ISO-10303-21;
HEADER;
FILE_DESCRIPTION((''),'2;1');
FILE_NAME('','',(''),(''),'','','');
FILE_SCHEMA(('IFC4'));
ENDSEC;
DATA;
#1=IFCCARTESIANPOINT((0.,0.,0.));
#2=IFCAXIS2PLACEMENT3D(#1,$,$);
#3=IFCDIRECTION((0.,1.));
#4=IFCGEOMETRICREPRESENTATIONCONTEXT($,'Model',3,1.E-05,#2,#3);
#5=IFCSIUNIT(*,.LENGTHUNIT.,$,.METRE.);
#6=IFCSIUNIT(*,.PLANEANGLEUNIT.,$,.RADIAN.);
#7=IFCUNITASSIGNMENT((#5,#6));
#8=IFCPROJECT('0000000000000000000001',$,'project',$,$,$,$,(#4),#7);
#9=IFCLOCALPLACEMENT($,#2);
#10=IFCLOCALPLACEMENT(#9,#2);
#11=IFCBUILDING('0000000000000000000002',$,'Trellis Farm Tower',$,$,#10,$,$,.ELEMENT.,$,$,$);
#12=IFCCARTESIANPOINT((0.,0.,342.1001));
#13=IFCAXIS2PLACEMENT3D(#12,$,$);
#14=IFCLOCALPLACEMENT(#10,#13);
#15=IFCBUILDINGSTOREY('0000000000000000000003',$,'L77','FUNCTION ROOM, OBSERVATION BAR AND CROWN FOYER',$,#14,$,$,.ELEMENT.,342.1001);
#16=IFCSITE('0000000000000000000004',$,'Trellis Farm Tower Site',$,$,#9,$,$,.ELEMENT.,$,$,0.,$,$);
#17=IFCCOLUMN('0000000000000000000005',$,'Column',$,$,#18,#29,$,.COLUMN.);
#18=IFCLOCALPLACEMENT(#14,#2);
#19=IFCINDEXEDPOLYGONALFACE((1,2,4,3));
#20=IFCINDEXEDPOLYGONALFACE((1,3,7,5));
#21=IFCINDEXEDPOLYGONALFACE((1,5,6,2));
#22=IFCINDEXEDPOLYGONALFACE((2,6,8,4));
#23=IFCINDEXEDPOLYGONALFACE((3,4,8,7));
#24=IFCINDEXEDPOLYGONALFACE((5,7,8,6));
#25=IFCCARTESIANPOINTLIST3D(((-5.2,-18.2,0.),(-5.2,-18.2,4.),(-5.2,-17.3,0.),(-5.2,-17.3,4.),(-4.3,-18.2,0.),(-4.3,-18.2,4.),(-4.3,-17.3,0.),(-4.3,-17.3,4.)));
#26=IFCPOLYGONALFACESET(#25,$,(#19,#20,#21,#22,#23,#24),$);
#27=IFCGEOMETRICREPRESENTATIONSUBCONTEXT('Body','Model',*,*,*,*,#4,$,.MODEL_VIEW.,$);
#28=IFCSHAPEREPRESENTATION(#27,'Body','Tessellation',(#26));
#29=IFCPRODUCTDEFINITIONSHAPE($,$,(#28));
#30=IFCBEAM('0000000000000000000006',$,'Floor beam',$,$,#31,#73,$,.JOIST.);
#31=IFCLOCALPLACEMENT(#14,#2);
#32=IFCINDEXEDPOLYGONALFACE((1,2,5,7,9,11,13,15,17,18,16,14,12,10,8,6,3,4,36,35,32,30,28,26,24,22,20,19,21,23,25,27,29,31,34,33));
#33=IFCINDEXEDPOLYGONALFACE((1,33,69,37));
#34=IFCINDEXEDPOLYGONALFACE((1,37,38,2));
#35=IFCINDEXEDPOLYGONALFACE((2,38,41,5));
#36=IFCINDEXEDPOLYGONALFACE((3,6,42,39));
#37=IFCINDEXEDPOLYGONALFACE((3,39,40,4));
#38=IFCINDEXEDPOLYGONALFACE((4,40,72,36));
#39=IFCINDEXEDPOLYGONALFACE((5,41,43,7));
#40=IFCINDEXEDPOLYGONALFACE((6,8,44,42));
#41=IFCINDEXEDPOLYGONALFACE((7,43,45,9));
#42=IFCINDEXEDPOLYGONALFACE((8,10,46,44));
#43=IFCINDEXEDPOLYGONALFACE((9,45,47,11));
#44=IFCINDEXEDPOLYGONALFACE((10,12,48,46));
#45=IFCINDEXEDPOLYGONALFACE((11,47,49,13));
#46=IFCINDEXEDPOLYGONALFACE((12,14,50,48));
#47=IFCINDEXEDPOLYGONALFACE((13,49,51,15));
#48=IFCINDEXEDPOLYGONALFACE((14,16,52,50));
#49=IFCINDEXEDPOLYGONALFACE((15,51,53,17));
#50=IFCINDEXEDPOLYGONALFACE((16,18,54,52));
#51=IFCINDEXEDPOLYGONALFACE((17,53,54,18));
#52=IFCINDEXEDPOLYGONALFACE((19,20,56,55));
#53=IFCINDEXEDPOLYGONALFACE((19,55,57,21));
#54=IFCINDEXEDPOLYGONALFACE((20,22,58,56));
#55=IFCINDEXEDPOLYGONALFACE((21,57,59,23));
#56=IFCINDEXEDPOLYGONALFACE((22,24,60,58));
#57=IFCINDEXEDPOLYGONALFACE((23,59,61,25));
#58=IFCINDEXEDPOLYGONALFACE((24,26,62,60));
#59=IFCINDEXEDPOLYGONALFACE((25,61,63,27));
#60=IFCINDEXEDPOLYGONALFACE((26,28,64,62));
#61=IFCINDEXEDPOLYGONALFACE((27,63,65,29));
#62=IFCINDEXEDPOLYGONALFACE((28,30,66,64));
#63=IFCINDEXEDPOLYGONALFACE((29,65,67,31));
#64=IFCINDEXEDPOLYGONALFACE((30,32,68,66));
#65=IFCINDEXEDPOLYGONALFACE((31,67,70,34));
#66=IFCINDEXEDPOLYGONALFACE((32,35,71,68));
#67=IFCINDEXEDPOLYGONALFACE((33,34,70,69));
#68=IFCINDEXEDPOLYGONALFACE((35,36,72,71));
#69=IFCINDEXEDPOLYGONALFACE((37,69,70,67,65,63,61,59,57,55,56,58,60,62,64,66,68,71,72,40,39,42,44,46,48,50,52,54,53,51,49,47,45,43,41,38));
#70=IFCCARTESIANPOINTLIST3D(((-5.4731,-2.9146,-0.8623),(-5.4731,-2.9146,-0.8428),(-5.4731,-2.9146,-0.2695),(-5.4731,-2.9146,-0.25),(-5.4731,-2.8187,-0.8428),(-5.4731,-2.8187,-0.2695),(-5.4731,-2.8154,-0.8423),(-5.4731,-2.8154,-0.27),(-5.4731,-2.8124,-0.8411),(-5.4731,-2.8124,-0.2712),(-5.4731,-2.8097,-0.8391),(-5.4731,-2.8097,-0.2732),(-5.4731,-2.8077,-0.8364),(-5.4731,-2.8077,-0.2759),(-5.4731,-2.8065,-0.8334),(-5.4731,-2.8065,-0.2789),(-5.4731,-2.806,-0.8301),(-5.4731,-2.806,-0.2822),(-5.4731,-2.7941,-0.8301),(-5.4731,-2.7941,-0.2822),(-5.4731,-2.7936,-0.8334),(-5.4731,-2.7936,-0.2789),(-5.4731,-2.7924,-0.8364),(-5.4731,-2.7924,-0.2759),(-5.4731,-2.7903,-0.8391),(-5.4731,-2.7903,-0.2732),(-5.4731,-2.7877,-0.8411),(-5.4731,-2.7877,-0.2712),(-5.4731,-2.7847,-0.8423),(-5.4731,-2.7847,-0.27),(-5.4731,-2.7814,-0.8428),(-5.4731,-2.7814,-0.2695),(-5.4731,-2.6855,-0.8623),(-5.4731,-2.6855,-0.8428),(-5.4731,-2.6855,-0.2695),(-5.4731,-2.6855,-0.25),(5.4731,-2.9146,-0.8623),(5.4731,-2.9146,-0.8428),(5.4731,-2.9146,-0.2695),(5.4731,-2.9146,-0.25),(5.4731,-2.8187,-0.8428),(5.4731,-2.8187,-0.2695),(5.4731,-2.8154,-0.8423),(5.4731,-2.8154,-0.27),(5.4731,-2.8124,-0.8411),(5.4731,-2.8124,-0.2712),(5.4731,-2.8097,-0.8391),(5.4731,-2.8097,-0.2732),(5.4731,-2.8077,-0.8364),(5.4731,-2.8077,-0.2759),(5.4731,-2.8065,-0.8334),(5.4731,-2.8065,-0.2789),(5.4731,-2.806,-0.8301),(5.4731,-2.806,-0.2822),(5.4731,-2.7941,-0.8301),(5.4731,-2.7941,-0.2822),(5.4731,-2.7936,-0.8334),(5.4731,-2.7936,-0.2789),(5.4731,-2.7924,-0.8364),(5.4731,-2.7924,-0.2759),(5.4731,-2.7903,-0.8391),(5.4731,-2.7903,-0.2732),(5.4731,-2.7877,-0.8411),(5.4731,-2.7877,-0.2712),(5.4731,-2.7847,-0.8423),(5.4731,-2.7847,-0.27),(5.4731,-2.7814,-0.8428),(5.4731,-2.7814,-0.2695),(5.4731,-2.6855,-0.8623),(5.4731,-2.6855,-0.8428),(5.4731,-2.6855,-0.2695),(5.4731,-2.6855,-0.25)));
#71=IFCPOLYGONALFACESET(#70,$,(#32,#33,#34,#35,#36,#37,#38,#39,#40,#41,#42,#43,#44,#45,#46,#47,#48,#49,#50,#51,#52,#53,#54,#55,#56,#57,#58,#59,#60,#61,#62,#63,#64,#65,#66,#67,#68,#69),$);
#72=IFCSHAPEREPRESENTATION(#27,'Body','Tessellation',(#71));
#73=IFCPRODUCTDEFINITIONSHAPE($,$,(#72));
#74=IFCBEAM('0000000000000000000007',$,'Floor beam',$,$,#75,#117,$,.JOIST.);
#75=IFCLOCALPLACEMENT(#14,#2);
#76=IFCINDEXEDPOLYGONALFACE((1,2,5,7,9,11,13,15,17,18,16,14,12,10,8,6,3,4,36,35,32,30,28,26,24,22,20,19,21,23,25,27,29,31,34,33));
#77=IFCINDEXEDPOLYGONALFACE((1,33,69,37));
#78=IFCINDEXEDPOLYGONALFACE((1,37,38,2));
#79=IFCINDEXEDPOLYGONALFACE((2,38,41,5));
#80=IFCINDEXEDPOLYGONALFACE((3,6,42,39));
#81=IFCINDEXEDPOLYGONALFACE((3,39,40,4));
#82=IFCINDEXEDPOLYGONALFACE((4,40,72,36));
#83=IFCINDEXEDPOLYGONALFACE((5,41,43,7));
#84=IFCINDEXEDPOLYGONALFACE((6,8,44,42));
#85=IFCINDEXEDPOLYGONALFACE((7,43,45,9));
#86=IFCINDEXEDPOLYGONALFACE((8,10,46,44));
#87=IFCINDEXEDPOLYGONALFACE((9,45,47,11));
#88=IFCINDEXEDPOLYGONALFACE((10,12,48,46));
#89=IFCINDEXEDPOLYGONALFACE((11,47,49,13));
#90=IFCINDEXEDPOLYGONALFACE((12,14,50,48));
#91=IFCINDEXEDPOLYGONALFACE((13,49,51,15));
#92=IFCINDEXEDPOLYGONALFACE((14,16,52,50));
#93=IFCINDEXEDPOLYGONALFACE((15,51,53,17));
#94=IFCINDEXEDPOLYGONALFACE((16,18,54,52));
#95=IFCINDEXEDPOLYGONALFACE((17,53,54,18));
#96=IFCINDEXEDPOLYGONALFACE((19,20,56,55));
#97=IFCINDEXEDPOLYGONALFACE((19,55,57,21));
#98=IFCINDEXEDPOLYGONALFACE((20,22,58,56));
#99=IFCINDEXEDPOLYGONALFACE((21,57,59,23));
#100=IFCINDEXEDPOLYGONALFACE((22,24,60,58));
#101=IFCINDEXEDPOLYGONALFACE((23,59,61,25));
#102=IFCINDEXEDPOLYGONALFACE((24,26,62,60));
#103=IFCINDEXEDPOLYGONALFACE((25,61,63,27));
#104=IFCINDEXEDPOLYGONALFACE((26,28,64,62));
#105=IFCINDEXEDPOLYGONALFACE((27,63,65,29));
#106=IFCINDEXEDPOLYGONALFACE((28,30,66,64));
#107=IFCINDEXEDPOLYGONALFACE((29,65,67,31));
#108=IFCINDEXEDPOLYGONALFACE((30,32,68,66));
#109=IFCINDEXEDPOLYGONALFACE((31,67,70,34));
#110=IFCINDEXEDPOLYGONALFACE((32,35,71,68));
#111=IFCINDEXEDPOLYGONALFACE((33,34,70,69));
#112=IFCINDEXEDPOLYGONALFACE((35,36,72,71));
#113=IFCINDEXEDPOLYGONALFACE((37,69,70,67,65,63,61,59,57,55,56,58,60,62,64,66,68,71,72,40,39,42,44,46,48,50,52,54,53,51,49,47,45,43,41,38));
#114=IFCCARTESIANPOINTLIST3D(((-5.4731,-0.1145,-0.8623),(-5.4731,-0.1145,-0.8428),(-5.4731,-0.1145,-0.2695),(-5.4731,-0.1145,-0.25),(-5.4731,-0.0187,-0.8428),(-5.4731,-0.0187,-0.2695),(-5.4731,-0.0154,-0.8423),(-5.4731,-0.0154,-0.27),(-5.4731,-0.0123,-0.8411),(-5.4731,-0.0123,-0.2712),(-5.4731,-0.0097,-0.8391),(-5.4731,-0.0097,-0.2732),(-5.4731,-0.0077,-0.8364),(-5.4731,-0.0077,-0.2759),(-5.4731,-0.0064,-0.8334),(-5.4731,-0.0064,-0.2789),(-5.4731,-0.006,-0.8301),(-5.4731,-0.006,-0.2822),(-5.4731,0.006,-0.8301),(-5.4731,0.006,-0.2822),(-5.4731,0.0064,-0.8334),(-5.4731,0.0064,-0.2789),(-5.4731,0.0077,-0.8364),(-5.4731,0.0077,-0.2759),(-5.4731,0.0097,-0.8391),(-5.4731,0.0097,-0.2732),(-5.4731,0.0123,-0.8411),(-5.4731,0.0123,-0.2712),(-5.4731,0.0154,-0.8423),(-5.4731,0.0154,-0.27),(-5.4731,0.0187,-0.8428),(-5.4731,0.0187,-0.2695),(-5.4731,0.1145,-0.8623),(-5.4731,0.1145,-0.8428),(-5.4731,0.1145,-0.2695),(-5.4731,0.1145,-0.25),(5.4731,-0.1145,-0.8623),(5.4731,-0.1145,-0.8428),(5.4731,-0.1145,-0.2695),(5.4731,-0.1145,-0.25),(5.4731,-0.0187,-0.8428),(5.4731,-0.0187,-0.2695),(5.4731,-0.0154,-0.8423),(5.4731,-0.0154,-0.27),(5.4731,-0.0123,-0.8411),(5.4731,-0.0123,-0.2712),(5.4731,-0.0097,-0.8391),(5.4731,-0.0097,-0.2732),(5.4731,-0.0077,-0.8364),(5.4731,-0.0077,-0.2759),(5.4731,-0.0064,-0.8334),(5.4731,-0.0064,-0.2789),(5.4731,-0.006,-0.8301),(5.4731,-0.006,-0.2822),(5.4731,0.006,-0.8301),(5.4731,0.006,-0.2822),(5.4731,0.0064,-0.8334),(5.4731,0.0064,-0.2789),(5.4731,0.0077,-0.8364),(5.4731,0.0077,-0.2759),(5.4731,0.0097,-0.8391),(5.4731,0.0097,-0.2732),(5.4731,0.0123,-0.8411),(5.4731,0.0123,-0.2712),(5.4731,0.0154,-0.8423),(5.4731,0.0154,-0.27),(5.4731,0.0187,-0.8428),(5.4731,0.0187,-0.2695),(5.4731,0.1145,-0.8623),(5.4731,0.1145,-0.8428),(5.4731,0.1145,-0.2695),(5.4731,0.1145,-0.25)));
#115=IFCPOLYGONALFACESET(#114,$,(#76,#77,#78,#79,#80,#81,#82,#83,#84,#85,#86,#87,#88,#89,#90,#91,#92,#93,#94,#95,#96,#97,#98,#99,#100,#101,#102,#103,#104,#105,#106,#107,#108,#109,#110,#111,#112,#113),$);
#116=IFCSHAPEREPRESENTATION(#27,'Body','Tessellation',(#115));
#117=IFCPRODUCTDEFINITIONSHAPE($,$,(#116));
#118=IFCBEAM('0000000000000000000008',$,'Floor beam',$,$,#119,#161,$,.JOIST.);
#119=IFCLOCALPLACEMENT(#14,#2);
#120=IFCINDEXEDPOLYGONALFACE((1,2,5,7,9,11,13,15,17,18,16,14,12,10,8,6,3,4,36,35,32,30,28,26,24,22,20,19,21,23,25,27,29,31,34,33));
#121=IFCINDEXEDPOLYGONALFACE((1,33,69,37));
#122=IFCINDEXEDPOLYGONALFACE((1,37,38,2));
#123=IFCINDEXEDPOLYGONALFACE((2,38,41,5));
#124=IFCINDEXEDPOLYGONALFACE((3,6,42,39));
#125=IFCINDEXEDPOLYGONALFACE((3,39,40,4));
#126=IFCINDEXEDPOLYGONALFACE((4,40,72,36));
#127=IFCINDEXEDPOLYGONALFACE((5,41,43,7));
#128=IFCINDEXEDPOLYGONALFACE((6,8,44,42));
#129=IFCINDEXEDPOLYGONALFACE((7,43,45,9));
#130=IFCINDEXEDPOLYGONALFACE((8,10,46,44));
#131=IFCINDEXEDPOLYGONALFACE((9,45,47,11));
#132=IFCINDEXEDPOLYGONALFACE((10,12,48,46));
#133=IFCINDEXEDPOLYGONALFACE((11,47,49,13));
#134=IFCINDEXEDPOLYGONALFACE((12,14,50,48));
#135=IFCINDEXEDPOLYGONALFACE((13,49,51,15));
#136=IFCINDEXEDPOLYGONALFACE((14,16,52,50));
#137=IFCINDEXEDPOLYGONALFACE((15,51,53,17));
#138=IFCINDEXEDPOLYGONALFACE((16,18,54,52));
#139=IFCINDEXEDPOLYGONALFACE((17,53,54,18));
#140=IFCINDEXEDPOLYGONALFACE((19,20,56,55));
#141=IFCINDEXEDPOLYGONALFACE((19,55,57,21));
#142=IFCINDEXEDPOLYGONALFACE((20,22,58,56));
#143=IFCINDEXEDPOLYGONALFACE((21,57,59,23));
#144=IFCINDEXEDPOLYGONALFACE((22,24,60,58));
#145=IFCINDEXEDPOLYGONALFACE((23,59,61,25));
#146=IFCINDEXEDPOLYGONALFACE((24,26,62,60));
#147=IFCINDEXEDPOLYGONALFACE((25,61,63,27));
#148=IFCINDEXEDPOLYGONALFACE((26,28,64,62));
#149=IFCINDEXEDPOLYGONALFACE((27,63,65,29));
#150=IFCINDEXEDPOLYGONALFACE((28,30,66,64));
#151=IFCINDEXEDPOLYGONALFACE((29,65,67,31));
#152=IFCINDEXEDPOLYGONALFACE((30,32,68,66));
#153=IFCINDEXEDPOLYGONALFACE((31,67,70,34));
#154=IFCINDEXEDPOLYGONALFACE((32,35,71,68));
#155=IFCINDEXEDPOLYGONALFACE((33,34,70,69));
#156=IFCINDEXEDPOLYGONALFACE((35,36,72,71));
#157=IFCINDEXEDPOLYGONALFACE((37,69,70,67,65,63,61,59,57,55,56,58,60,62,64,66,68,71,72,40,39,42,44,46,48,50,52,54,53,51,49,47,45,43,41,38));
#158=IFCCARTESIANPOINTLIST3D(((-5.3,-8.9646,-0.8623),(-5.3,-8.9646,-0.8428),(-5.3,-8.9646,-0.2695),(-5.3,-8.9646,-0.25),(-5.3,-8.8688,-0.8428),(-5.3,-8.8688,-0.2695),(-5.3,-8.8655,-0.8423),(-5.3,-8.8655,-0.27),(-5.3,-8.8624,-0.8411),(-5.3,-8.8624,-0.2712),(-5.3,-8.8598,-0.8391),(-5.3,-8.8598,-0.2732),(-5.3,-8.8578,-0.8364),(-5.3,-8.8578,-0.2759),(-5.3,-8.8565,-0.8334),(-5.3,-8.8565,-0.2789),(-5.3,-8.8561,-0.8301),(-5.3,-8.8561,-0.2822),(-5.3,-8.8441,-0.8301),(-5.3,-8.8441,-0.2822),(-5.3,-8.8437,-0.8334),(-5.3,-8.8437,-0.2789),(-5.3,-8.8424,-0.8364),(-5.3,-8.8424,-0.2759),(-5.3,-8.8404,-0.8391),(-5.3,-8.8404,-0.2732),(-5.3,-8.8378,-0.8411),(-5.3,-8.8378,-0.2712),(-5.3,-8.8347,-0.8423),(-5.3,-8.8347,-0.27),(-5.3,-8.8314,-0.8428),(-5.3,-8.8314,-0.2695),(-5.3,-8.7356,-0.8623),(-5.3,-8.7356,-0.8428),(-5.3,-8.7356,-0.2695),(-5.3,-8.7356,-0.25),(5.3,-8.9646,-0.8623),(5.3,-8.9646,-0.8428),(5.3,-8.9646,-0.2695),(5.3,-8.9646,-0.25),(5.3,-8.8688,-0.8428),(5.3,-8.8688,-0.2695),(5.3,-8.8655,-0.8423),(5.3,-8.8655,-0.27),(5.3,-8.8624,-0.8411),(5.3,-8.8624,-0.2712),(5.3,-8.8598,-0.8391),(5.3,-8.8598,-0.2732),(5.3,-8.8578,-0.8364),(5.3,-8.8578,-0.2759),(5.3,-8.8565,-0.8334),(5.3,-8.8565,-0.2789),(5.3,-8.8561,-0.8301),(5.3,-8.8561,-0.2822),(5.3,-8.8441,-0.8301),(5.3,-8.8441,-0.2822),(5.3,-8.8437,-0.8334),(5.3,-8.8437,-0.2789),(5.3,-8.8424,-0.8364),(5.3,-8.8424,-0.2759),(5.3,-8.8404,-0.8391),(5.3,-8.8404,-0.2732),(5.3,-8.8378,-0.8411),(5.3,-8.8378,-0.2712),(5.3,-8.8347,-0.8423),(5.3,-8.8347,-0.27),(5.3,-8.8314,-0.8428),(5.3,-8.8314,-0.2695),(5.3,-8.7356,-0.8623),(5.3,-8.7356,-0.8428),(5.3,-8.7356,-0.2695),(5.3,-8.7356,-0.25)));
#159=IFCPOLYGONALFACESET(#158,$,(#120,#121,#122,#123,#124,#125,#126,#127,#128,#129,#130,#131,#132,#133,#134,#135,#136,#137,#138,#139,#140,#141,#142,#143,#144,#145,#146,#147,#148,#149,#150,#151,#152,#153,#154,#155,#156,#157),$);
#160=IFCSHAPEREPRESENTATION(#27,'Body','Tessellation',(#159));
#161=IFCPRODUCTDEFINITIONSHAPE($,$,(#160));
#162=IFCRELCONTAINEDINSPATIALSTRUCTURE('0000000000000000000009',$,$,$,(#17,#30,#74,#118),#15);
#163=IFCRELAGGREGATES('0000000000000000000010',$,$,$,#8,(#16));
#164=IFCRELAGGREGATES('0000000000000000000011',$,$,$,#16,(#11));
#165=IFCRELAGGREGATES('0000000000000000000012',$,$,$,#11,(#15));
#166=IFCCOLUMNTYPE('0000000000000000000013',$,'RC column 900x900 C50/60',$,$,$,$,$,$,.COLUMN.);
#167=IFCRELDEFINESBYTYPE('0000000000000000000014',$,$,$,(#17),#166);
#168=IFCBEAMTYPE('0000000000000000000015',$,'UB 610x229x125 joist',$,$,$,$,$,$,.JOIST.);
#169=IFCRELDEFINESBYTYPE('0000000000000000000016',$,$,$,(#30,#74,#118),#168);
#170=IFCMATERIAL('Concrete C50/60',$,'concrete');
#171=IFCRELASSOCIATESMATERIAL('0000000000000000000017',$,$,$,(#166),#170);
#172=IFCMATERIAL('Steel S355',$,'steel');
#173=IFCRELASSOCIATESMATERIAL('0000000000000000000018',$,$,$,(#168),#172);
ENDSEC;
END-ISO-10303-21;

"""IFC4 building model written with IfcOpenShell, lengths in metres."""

from ifc_helpers import new_model, si_unit, direction, frame, origin, origin_2d, place, context, subcontext, project, spatial, rectangle, i_section, extrude, source, transform, mapped, material, material_profile, profile_set, type_object, element, save


model = new_model("IFC4")

# Units and contexts
model_context = context("Model", 3, precision=1e-05, world=origin(), true_north=direction((0.0, 1.0)))
body_context = subcontext(model_context, "Body", "Model", "MODEL_VIEW")
ifc_project = project(units=[si_unit("LENGTHUNIT", "METRE"), si_unit("PLANEANGLEUNIT", "RADIAN")], contexts=[model_context])

# Site, building, storey
site_placement = place(None, origin())
site = spatial("IfcSite", under=ifc_project, at=site_placement, Name="Trellis Farm Tower Site", CompositionType="ELEMENT", RefElevation=0.0)
building_placement = place(site_placement, origin())
building = spatial("IfcBuilding", under=site, at=building_placement, Name="Trellis Farm Tower", CompositionType="ELEMENT")
storey_placement = place(building_placement, frame((0.0, 0.0, 342.1001)))
storey = spatial("IfcBuildingStorey", under=building, at=storey_placement, Name="L77", Description="FUNCTION ROOM, OBSERVATION BAR AND CROWN FOYER", CompositionType="ELEMENT", Elevation=342.1001)

# Column
ifc_material_1 = material(Name="Concrete C50/60", Category="concrete")
ifc_material_profile_1 = material_profile(ifc_material_1, rectangle(XDim=0.8999, YDim=0.8999, at=origin_2d()), Name="RC column 900x900 C50/60")
ifc_profile_set_1 = profile_set([ifc_material_profile_1], Name="Concrete C50/60")
column_type = type_object("IfcColumnType", Name="RC column 900x900 C50/60", PredefinedType="COLUMN", material=ifc_profile_set_1)
shared_shape_1 = source(origin(), body_context, "Body", "SweptSolid", [
    extrude(rectangle(XDim=0.8999, YDim=0.8999, at=origin_2d()), origin(), (0.0, 0.0, 1.0), 4.0),
])
column_placement = place(storey_placement, frame((-4.75, -17.75, 0.0), z_axis=(0.0, 0.0, 1.0), x_axis=(1.0, 0.0, 0.0)))
element("IfcColumn", 1, at=column_placement, inside=storey, type_object=column_type, Name="Column", PredefinedType="COLUMN", context=body_context, shape_type="MappedRepresentation", body=[
    mapped(shared_shape_1, transform((0.0, 0.0, 0.0))),
])

# Beams
ifc_material_2 = material(Name="Steel S355", Category="steel")
ifc_material_profile_2 = material_profile(ifc_material_2, i_section(OverallWidth=0.229, OverallDepth=0.6123, WebThickness=0.012, FlangeThickness=0.0195, FilletRadius=0.0127, at=origin_2d()), Name="UB 610x229x125")
ifc_profile_set_2 = profile_set([ifc_material_profile_2], Name="Steel S355")
beam_type_1 = type_object("IfcBeamType", Name="UB 610x229x125 joist", PredefinedType="JOIST", material=ifc_profile_set_2)
shared_shape_2 = source(origin(), body_context, "Body", "SweptSolid", [
    extrude(i_section(OverallWidth=0.229, OverallDepth=0.6123, WebThickness=0.012, FlangeThickness=0.0195, FilletRadius=0.0127, at=origin_2d()), origin(), (0.0, 0.0, 1.0), 10.9463),
])
for number, where, z_axis, x_axis, name in (
    (2, (-5.4731, -2.8, -0.5562), (1.0, 0.0, 0.0), (0.0, 1.0, 0.0), "Floor beam"),
    (3, (-5.4731, 0.0, -0.5562), (1.0, 0.0, 0.0), (0.0, 1.0, 0.0), "Floor beam"),
):
    element("IfcBeam", number, at=place(storey_placement, frame(where, z_axis=z_axis, x_axis=x_axis)), inside=storey, type_object=beam_type_1, Name=name, PredefinedType="JOIST", context=body_context, shape_type="MappedRepresentation", body=[
        mapped(shared_shape_2, transform((0.0, 0.0, 0.0))),
    ])
shared_shape_3 = source(origin(), body_context, "Body", "SweptSolid", [
    extrude(i_section(OverallWidth=0.229, OverallDepth=0.6123, WebThickness=0.012, FlangeThickness=0.0195, FilletRadius=0.0127, at=origin_2d()), origin(), (0.0, 0.0, 1.0), 10.6001),
])
beam_1_placement = place(storey_placement, frame((-5.3, -8.8501, -0.5562), z_axis=(1.0, 0.0, 0.0), x_axis=(0.0, 1.0, 0.0)))
element("IfcBeam", 4, at=beam_1_placement, inside=storey, type_object=beam_type_1, Name="Floor beam", PredefinedType="JOIST", context=body_context, shape_type="MappedRepresentation", body=[
    mapped(shared_shape_3, transform((0.0, 0.0, 0.0))),
])

save(model, "model.ifc")
